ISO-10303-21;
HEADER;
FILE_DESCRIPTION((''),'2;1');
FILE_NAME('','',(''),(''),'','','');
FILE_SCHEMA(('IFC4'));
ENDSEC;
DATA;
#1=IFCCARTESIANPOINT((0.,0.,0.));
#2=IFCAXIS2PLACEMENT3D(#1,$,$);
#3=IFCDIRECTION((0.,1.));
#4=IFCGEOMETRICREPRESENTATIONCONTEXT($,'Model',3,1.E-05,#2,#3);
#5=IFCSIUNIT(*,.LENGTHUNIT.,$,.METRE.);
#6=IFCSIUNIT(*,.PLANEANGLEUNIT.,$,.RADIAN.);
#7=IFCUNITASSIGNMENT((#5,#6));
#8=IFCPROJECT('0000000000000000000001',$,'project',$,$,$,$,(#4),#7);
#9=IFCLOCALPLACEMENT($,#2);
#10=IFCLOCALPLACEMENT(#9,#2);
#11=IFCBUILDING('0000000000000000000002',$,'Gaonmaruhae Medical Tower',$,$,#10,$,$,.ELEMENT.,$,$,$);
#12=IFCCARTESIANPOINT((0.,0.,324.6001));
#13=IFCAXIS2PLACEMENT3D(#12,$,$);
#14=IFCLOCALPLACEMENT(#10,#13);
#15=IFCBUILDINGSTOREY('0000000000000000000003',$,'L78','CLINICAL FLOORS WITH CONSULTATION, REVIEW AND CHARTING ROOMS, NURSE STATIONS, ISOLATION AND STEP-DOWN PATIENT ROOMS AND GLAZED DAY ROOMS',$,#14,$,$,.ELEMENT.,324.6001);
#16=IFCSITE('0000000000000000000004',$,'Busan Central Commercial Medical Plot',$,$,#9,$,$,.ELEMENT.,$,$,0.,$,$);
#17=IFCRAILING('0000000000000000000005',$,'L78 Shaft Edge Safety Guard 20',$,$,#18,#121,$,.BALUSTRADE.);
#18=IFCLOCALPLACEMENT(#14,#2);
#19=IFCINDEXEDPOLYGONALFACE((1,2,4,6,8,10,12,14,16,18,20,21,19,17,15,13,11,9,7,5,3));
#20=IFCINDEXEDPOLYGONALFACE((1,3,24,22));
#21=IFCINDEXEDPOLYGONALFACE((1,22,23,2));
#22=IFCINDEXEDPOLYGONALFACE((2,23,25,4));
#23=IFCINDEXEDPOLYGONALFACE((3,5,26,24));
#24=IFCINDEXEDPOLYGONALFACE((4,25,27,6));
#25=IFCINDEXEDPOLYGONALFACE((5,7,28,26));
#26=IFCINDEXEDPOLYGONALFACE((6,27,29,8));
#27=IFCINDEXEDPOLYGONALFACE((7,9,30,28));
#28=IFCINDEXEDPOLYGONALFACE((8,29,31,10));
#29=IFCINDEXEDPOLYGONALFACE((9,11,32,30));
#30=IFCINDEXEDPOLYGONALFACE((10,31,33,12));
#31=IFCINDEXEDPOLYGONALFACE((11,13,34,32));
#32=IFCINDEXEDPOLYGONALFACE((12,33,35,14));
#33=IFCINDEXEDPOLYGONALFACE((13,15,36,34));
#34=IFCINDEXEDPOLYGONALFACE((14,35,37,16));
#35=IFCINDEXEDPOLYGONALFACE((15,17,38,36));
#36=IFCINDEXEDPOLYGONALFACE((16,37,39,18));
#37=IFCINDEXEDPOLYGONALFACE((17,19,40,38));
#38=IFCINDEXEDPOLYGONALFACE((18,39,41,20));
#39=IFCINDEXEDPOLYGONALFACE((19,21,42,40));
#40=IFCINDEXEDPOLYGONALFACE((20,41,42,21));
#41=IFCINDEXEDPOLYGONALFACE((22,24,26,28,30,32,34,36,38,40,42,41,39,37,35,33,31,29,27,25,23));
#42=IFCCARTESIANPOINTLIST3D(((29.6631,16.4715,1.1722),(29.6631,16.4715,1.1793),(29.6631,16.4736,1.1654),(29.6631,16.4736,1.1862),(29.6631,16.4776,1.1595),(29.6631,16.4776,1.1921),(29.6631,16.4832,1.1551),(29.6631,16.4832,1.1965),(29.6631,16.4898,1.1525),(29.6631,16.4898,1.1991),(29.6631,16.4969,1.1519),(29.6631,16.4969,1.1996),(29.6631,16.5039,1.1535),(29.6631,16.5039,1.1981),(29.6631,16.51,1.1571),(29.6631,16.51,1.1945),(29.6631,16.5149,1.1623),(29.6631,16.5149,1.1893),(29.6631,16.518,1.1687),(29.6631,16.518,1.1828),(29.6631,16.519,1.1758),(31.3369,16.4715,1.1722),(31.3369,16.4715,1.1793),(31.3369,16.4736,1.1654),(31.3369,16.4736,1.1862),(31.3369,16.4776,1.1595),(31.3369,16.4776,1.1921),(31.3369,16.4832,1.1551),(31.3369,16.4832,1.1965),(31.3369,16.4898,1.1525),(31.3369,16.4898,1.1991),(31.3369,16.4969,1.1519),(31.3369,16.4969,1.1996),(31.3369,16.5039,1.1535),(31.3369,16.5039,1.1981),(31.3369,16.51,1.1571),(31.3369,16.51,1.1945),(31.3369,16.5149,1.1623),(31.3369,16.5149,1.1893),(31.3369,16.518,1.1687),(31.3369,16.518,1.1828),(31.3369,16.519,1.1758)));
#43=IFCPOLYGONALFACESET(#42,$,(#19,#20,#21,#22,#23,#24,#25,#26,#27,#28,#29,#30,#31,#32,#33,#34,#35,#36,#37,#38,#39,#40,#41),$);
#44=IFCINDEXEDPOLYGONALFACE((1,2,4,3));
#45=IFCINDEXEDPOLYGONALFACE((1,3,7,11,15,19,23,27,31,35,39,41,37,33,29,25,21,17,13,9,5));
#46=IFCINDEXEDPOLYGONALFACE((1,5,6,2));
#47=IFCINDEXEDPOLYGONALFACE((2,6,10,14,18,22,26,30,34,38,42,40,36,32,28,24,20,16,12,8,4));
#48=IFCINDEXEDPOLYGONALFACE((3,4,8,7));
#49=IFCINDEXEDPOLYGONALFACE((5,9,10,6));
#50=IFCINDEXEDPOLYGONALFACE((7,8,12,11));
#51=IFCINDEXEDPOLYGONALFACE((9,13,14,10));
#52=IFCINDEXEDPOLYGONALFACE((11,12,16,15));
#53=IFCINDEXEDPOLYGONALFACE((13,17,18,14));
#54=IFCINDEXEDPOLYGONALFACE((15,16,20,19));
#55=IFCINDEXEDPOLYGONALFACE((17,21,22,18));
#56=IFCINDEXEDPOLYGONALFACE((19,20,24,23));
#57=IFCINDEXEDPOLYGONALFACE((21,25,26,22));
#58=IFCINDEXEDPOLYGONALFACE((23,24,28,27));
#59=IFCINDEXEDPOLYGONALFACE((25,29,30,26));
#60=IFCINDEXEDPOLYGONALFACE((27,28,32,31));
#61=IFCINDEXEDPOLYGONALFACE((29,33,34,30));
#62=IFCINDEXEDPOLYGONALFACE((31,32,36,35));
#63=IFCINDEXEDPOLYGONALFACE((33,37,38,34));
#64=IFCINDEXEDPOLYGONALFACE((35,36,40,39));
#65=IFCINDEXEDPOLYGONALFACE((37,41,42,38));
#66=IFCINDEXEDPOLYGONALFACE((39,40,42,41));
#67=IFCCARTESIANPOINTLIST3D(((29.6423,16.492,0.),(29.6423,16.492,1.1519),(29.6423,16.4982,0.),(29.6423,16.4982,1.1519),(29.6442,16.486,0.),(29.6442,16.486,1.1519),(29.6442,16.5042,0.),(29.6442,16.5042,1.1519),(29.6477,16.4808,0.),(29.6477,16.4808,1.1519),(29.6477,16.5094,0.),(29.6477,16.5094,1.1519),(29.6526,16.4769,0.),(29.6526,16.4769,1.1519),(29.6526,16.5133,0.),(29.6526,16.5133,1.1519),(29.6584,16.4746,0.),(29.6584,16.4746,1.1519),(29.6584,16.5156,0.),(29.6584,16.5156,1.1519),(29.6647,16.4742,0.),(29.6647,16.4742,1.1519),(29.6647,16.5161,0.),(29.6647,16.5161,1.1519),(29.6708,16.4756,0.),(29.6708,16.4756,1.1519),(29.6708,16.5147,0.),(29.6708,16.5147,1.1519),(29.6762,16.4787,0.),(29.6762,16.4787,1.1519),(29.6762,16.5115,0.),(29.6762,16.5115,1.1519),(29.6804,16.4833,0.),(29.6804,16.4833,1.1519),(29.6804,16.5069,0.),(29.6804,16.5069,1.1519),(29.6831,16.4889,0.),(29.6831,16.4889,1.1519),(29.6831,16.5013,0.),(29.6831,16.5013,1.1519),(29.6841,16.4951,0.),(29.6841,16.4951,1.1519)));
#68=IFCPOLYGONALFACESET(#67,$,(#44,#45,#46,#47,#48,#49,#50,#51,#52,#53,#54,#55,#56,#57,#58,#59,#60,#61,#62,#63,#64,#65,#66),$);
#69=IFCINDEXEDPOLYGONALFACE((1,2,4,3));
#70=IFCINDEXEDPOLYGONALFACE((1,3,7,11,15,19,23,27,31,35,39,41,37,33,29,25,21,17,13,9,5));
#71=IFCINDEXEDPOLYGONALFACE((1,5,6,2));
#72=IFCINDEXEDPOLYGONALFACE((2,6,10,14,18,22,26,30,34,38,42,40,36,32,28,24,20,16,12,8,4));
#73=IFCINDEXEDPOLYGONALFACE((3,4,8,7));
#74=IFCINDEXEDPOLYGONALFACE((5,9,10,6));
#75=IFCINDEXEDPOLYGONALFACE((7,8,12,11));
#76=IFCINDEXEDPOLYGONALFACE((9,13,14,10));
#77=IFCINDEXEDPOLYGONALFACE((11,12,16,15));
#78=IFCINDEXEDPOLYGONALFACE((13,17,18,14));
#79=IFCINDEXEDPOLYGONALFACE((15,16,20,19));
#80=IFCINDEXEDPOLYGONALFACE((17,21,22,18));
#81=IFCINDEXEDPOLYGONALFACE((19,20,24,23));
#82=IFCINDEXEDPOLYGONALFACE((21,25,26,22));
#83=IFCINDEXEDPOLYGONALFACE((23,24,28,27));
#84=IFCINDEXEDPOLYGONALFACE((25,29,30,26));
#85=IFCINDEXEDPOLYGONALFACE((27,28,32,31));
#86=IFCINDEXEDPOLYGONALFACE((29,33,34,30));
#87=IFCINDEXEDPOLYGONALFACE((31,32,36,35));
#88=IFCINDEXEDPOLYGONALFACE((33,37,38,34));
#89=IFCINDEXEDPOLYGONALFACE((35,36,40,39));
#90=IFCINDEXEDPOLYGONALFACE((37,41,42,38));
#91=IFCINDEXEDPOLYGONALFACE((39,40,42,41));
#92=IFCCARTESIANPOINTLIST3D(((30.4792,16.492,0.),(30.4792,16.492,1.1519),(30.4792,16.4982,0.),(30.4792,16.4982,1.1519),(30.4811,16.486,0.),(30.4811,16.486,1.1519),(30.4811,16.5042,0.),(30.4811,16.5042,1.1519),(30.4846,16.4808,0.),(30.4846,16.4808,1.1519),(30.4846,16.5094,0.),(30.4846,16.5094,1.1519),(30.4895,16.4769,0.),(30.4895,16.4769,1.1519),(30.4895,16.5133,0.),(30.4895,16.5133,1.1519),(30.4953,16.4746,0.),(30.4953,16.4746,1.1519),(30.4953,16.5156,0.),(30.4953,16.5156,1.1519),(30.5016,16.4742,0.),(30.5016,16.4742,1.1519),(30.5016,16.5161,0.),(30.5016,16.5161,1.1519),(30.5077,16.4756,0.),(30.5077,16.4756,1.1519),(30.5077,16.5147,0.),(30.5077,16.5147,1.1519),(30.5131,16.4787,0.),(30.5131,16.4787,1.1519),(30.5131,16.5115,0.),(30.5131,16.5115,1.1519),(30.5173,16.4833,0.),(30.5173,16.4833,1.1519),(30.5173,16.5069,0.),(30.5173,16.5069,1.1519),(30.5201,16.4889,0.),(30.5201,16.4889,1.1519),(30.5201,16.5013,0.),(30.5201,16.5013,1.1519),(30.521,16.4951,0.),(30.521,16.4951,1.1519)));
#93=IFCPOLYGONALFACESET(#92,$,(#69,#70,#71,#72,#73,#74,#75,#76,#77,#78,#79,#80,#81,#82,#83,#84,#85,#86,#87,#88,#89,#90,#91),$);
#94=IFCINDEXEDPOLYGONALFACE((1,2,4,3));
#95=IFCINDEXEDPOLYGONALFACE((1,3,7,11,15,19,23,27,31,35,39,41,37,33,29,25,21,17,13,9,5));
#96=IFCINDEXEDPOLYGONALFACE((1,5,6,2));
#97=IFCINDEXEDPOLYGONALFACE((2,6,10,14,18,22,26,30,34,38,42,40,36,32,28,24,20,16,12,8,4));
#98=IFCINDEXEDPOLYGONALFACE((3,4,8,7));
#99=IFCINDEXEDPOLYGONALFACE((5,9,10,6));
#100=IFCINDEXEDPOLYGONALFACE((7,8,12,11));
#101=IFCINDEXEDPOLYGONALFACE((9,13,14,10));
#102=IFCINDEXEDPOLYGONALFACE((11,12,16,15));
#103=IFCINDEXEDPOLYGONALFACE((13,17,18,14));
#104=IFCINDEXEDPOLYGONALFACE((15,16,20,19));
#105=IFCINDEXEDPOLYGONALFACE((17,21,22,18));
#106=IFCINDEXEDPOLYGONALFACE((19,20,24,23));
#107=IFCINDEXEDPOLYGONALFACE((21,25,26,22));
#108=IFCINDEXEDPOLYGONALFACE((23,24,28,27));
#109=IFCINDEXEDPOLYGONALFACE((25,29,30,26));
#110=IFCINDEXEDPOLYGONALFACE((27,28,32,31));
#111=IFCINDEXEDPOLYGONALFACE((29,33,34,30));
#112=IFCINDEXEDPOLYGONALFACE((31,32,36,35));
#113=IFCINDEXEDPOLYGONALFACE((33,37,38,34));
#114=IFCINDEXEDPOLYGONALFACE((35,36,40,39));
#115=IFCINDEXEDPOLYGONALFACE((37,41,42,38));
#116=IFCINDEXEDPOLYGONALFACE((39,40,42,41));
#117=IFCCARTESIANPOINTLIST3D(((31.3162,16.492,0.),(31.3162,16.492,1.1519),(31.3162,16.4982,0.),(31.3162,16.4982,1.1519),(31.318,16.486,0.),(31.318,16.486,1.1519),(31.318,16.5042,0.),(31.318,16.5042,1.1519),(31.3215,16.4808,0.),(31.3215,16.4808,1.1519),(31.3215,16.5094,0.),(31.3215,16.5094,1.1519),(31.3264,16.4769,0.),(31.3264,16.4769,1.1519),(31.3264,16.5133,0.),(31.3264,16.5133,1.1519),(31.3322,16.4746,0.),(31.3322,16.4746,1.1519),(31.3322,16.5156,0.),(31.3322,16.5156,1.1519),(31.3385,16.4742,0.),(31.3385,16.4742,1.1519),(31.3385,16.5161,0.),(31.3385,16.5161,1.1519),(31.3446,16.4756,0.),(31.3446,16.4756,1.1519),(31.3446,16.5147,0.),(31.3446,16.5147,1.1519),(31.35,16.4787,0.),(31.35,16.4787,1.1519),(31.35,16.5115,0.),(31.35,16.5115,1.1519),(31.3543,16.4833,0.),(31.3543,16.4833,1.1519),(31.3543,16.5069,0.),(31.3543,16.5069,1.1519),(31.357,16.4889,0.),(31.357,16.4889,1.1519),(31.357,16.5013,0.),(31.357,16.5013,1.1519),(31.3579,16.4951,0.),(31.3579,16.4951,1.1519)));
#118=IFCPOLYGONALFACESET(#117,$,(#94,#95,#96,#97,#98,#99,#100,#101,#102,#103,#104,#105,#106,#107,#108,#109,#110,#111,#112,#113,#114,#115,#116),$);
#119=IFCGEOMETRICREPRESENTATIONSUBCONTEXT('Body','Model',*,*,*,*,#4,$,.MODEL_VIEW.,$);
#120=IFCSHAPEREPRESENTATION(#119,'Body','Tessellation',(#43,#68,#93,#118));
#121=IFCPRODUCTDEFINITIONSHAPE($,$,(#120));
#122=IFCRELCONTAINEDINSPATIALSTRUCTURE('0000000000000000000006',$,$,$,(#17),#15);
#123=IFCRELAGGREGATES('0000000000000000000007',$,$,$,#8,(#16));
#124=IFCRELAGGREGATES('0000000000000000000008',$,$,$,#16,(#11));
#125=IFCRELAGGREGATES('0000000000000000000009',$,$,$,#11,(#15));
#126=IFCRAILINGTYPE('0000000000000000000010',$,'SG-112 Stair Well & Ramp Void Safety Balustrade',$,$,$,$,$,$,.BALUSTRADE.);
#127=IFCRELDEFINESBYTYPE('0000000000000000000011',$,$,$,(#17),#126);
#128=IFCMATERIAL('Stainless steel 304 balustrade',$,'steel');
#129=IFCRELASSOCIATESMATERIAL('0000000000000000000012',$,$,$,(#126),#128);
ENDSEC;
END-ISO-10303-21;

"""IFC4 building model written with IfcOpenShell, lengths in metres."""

from ifc_helpers import new_model, si_unit, direction, frame, origin, origin_2d, place, context, subcontext, project, spatial, circle, extrude, material, type_object, element, save


model = new_model("IFC4")

# Units and contexts
model_context = context("Model", 3, precision=1e-05, world=origin(), true_north=direction((0.0, 1.0)))
body_context = subcontext(model_context, "Body", "Model", "MODEL_VIEW")
ifc_project = project(units=[si_unit("LENGTHUNIT", "METRE"), si_unit("PLANEANGLEUNIT", "RADIAN")], contexts=[model_context])

# Site, building, storey
site_placement = place(None, origin())
site = spatial("IfcSite", under=ifc_project, at=site_placement, Name="Busan Central Commercial Medical Plot", CompositionType="ELEMENT", RefElevation=0.0)
building_placement = place(site_placement, origin())
building = spatial("IfcBuilding", under=site, at=building_placement, Name="Gaonmaruhae Medical Tower", CompositionType="ELEMENT")
storey_placement = place(building_placement, frame((0.0, 0.0, 324.6001)))
storey = spatial("IfcBuildingStorey", under=building, at=storey_placement, Name="L78", Description="CLINICAL FLOORS WITH CONSULTATION, REVIEW AND CHARTING ROOMS, NURSE STATIONS, ISOLATION AND STEP-DOWN PATIENT ROOMS AND GLAZED DAY ROOMS", CompositionType="ELEMENT", Elevation=324.6001)

# Railing
ifc_material_1 = material(Name="Stainless steel 304 balustrade", Category="steel")
railing_type_1 = type_object("IfcRailingType", Name="SG-112 Stair Well & Ramp Void Safety Balustrade", PredefinedType="BALUSTRADE", material=ifc_material_1)
railing_1_placement = place(storey_placement, frame((29.6631, 16.4951, 0.0)))
element("IfcRailing", 1, at=railing_1_placement, inside=storey, type_object=railing_type_1, Name="L78 Shaft Edge Safety Guard 20", PredefinedType="BALUSTRADE", context=body_context, shape_type="SweptSolid", body=[
    extrude(circle(Radius=0.0239, at=origin_2d()), frame((0.0, 0.0, 1.1758), z_axis=(1.0, 0.0, 0.0), x_axis=(0.0, 1.0, 0.0)), (0.0, 0.0, 1.0), 1.6738),
    extrude(circle(Radius=0.021, at=origin_2d()), origin(), (0.0, 0.0, 1.0), 1.1519),
    extrude(circle(Radius=0.021, at=origin_2d()), frame((0.8369, 0.0, 0.0)), (0.0, 0.0, 1.0), 1.1519),
    extrude(circle(Radius=0.021, at=origin_2d()), frame((1.6738, 0.0, 0.0)), (0.0, 0.0, 1.0), 1.1519),
])

save(model, "model.ifc")
